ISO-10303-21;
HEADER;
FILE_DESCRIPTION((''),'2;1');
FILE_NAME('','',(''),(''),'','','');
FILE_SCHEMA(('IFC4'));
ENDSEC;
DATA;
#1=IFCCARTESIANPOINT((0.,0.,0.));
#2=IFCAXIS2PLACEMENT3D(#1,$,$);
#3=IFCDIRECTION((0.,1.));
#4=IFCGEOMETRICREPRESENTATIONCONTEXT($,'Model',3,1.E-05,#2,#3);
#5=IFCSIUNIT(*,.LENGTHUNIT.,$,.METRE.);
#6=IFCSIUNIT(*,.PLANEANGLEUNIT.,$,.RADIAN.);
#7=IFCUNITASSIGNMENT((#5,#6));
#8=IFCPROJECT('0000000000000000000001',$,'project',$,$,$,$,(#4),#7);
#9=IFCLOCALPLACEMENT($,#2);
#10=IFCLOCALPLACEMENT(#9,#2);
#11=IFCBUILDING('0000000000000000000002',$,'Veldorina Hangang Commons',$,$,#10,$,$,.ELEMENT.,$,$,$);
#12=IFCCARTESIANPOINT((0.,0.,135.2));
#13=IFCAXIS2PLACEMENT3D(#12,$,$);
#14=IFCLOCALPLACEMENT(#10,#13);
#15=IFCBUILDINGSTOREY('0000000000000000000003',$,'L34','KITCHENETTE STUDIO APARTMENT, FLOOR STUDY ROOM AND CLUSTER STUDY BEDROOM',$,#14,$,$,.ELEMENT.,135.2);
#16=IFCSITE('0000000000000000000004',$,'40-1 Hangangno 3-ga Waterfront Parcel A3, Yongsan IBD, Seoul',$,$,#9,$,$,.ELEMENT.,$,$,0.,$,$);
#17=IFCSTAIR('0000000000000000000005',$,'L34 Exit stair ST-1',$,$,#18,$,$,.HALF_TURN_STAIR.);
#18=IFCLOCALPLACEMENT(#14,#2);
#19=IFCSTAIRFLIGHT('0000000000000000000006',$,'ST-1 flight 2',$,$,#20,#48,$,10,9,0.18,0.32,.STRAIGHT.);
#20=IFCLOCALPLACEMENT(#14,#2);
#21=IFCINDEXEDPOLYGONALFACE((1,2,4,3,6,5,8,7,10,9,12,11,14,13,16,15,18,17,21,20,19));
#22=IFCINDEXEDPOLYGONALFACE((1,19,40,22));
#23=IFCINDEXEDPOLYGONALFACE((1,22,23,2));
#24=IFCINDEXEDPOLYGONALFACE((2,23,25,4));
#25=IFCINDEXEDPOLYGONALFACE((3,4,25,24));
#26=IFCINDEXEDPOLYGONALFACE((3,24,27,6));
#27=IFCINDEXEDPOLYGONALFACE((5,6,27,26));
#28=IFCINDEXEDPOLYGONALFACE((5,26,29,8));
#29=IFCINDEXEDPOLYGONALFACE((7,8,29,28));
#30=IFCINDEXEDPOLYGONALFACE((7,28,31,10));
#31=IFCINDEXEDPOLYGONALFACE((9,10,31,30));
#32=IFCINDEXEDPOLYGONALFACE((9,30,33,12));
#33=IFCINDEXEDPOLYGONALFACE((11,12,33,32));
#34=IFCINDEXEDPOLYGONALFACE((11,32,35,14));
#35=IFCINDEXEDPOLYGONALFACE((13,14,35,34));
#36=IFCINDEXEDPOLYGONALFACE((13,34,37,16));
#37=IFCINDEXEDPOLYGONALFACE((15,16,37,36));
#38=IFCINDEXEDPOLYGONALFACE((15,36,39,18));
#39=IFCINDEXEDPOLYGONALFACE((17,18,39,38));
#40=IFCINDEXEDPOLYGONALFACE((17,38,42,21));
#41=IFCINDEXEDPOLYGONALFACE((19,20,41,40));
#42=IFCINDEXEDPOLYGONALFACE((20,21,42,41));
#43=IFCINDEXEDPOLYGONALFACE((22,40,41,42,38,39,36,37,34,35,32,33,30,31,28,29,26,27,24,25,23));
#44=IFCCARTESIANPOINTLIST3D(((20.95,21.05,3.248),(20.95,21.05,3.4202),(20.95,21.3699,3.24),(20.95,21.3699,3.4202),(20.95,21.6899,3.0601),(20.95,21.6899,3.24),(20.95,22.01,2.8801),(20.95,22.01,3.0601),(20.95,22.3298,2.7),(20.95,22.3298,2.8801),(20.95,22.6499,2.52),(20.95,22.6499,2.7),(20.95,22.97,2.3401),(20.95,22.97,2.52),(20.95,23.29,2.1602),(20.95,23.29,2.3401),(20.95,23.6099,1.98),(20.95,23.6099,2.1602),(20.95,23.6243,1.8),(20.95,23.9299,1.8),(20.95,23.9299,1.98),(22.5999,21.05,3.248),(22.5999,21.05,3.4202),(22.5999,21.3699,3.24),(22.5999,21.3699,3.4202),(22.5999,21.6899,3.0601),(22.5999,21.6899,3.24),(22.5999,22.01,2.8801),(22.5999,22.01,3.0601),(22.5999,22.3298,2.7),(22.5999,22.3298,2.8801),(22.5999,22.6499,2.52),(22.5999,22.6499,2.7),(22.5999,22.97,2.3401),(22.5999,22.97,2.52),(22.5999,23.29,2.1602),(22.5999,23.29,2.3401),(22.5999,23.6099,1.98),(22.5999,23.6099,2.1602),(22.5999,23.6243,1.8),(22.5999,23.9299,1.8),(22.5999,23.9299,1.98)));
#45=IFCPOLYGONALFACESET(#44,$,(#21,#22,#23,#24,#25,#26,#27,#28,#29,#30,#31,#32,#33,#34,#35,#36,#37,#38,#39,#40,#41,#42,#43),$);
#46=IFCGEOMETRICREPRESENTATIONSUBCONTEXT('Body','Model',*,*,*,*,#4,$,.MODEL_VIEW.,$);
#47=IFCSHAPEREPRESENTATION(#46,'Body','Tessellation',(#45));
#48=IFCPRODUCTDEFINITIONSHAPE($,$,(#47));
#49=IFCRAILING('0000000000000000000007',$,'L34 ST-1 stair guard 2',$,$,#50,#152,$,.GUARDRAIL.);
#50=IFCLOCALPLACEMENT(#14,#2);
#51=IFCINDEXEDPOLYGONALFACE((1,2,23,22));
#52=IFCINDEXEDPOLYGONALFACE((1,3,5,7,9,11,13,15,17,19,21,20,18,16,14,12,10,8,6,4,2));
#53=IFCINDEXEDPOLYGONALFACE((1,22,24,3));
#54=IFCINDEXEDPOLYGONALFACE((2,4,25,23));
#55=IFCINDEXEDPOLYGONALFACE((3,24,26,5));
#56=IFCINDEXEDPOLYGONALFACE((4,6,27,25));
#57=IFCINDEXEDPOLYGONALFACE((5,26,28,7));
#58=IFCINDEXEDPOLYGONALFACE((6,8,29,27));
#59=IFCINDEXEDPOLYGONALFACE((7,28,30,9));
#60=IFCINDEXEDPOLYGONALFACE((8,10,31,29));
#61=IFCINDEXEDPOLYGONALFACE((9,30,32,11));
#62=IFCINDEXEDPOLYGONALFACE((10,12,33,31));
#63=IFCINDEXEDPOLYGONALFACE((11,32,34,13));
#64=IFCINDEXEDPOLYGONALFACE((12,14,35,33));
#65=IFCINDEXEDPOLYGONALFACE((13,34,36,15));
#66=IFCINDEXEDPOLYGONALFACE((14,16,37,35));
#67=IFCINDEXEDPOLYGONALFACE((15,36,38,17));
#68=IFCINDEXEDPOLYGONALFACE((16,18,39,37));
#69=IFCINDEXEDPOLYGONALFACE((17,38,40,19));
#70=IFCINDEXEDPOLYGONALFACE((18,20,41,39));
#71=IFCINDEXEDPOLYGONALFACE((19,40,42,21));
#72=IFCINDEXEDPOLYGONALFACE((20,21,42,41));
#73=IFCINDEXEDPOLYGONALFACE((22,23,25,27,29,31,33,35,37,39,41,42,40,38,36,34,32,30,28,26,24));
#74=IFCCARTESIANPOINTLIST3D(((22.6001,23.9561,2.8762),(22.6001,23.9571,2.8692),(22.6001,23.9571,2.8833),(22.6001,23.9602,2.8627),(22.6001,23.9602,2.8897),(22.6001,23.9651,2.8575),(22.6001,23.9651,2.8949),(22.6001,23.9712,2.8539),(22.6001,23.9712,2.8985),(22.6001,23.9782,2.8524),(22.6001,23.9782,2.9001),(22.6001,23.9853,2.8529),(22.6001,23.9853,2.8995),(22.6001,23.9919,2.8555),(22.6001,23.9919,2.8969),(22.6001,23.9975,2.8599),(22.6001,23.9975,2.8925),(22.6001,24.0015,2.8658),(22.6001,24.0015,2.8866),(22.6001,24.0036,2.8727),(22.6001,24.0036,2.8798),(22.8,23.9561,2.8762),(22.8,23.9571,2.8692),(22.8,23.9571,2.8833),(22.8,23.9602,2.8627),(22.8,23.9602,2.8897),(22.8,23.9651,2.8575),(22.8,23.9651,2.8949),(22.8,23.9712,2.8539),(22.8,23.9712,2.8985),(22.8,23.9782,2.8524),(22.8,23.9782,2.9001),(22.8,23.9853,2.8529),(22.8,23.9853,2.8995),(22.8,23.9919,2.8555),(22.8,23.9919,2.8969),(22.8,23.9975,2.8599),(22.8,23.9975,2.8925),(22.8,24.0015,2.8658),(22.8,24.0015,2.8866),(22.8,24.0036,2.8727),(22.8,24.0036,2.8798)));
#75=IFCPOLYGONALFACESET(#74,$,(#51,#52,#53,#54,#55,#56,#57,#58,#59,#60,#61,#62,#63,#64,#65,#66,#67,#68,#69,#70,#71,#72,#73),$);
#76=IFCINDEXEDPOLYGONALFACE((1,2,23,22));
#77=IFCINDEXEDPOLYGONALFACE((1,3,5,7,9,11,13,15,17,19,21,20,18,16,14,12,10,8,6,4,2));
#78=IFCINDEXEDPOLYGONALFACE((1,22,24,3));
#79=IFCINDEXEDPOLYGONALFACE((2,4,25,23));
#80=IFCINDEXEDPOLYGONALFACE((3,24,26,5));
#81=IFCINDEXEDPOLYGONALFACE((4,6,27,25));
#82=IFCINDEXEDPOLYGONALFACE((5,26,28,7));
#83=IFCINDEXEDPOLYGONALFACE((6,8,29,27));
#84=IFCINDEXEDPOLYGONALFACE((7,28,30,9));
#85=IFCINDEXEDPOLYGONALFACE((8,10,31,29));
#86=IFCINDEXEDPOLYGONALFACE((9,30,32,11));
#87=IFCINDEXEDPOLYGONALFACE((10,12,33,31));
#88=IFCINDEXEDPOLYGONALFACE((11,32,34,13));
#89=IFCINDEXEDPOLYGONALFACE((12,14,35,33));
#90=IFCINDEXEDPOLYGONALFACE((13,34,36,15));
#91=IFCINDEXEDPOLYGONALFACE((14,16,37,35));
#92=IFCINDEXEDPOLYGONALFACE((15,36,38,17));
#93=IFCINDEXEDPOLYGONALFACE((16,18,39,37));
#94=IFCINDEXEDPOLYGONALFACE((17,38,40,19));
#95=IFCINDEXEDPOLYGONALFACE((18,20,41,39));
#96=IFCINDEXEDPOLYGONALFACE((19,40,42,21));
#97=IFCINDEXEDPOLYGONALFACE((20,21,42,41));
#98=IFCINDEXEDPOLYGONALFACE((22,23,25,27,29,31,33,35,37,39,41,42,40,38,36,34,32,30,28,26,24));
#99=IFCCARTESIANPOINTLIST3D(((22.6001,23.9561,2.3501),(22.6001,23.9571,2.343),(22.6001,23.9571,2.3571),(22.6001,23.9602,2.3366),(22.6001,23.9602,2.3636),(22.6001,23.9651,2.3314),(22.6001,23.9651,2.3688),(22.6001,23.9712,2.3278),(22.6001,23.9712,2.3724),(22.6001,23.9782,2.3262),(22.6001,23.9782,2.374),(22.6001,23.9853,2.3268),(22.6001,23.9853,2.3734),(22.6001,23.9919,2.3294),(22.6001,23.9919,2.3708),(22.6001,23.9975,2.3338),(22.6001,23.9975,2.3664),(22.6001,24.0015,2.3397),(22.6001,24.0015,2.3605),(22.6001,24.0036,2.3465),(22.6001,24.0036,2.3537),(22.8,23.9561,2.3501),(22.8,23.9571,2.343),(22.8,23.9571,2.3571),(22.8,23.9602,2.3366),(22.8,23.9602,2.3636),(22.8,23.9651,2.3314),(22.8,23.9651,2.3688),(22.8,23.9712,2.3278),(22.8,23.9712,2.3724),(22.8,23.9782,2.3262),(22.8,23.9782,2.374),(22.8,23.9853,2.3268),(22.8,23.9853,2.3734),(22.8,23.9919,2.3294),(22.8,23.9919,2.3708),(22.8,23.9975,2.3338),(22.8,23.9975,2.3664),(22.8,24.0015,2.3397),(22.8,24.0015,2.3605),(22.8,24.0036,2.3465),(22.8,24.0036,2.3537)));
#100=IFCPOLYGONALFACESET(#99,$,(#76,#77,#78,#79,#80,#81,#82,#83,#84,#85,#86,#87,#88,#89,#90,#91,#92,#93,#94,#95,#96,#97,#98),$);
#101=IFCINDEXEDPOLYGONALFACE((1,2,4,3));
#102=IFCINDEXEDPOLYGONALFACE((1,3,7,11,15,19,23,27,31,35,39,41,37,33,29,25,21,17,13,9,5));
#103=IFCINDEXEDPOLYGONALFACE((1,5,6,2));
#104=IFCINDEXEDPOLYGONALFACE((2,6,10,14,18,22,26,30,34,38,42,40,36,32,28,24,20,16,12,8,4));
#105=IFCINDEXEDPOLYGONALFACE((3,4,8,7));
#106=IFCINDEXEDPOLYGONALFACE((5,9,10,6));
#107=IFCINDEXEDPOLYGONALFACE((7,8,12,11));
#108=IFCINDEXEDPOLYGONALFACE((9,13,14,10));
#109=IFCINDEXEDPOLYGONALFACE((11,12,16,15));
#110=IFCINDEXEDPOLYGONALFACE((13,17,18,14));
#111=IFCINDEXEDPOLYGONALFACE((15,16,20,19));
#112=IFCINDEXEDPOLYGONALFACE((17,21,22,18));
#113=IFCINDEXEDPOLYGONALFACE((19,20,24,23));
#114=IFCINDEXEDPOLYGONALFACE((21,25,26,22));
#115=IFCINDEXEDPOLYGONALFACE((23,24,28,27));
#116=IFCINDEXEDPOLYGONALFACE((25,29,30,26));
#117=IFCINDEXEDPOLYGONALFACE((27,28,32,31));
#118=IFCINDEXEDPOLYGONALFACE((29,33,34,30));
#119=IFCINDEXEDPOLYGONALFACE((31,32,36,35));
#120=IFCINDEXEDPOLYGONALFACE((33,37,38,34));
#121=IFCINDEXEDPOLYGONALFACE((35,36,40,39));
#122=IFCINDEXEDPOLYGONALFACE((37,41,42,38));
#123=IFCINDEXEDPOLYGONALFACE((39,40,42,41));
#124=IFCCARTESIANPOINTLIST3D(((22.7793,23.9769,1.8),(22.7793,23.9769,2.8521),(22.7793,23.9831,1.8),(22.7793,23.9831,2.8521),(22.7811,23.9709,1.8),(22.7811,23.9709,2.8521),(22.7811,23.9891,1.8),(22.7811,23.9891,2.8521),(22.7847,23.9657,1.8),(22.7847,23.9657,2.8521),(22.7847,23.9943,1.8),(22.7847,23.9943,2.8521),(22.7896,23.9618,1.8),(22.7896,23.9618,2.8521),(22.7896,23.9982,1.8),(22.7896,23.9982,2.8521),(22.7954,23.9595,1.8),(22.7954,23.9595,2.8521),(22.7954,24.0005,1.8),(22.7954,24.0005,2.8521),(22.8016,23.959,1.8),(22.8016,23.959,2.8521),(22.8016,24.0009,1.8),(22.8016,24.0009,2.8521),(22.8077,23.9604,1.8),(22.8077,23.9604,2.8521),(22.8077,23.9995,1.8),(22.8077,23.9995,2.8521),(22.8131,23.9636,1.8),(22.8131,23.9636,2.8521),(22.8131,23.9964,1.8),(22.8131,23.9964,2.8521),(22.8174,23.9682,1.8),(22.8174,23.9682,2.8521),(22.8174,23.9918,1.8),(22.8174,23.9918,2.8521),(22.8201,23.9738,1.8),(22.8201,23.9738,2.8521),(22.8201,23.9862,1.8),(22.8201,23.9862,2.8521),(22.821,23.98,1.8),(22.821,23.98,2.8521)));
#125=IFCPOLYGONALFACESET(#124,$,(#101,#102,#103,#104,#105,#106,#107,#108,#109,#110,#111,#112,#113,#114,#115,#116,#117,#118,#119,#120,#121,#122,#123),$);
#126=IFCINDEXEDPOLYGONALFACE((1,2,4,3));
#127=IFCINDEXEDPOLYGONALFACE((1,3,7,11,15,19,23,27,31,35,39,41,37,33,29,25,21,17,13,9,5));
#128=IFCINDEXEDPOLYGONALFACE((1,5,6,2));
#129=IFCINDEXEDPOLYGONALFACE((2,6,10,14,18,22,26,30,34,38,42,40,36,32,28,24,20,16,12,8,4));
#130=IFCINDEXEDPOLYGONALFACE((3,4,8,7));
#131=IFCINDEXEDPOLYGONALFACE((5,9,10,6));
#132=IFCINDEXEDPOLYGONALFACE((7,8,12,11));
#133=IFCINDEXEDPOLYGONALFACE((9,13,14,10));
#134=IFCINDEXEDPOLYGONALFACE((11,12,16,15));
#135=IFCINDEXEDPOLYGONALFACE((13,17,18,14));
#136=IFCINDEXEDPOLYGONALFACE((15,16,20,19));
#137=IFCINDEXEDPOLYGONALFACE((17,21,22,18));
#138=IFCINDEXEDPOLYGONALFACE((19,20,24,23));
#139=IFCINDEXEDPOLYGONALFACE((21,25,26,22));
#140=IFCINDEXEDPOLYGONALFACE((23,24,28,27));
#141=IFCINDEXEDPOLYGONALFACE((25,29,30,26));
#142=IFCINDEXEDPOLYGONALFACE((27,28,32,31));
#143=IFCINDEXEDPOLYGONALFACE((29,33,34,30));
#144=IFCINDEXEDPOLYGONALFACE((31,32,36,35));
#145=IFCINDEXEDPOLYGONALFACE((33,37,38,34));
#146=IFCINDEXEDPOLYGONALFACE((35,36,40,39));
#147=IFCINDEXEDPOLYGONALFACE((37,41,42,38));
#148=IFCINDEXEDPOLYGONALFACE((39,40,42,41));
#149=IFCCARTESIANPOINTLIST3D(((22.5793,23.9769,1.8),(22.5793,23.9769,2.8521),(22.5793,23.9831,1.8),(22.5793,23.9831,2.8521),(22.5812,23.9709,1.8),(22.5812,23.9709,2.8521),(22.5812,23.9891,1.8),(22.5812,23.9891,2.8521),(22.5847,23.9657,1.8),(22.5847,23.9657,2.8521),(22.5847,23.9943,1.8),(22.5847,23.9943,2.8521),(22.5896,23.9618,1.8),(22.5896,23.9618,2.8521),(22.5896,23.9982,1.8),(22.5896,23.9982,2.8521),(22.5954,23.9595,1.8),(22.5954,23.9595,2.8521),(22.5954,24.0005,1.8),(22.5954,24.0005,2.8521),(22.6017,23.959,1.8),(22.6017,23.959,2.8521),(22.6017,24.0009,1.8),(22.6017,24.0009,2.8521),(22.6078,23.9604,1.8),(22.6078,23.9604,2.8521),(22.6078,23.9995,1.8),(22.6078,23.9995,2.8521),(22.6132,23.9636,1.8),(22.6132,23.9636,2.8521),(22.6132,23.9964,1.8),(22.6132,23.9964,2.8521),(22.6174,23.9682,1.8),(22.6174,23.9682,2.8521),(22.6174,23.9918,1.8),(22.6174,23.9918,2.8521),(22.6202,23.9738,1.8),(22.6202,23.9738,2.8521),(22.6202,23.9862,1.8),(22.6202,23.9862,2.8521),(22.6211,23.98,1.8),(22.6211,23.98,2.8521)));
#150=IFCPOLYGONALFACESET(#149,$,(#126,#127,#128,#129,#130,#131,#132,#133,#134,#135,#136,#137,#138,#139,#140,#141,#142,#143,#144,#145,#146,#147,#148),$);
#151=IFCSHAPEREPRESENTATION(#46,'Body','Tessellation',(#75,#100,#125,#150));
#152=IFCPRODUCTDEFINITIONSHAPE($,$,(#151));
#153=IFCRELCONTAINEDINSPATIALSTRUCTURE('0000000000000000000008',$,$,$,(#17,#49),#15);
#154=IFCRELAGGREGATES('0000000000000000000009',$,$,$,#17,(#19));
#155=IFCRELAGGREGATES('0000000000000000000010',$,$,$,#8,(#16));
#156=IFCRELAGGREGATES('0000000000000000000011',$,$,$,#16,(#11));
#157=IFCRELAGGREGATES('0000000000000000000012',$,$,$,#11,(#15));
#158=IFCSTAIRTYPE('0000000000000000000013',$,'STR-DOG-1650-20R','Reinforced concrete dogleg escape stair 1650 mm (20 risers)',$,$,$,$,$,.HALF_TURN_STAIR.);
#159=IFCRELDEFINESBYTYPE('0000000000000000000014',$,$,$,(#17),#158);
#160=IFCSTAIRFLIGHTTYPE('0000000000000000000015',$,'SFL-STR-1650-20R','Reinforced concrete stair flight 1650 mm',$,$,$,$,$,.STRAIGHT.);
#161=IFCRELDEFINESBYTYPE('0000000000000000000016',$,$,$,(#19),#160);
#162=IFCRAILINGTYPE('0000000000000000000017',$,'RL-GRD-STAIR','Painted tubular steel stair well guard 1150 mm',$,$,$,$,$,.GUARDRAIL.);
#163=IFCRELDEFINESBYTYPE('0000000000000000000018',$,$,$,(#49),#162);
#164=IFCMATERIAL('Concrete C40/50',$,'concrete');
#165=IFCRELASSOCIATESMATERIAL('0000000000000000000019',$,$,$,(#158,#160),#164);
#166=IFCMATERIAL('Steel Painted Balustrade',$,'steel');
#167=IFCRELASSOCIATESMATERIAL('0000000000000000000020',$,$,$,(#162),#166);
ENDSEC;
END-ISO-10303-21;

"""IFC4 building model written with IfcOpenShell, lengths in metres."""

from ifc_helpers import new_model, si_unit, direction, frame, origin, origin_2d, place, context, subcontext, project, spatial, polyline, circle, outline, extrude, material, type_object, element, aggregate, save


model = new_model("IFC4")

# Units and contexts
model_context = context("Model", 3, precision=1e-05, world=origin(), true_north=direction((0.0, 1.0)))
body_context = subcontext(model_context, "Body", "Model", "MODEL_VIEW")
ifc_project = project(units=[si_unit("LENGTHUNIT", "METRE"), si_unit("PLANEANGLEUNIT", "RADIAN")], contexts=[model_context])

# Site, building, storey
site_placement = place(None, origin())
site = spatial("IfcSite", under=ifc_project, at=site_placement, Name="40-1 Hangangno 3-ga Waterfront Parcel A3, Yongsan IBD, Seoul", CompositionType="ELEMENT", RefElevation=0.0)
building_placement = place(site_placement, origin())
building = spatial("IfcBuilding", under=site, at=building_placement, Name="Veldorina Hangang Commons", CompositionType="ELEMENT")
storey_placement = place(building_placement, frame((0.0, 0.0, 135.2)))
storey = spatial("IfcBuildingStorey", under=building, at=storey_placement, Name="L34", Description="KITCHENETTE STUDIO APARTMENT, FLOOR STUDY ROOM AND CLUSTER STUDY BEDROOM", CompositionType="ELEMENT", Elevation=135.2)

# Stair, stair flight
ifc_material_1 = material(Name="Concrete C40/50", Category="concrete")
stair_type = type_object("IfcStairType", Name="STR-DOG-1650-20R", Description="Reinforced concrete dogleg escape stair 1650 mm (20 risers)", PredefinedType="HALF_TURN_STAIR", material=ifc_material_1)
stair_placement = place(storey_placement, origin())
stair = element("IfcStair", 1, at=stair_placement, inside=storey, type_object=stair_type, Name="L34 Exit stair ST-1", PredefinedType="HALF_TURN_STAIR")
stair_flight_type = type_object("IfcStairFlightType", Name="SFL-STR-1650-20R", Description="Reinforced concrete stair flight 1650 mm", PredefinedType="STRAIGHT", material=ifc_material_1)
stair_flight_placement = place(storey_placement, frame((21.7749, 23.9299, 1.8), z_axis=(0.0, 0.0, 1.0), x_axis=(0.0, -1.0, 0.0)))
stair_flight = element("IfcStairFlight", 2, at=stair_flight_placement, type_object=stair_flight_type, Name="ST-1 flight 2", NumberOfRisers=10, NumberOfTreads=9, PredefinedType="STRAIGHT", RiserHeight=0.18, TreadLength=0.32, context=body_context, shape_type="SweptSolid", body=[
    extrude(outline(polyline([(0.0, 0.0), (0.0, 0.1799), (0.3201, 0.1799), (0.3201, 0.3601), (0.6399, 0.3601), (0.6399, 0.54), (0.96, 0.54), (0.96, 0.72), (1.28, 0.72), (1.28, 0.8999), (1.6001, 0.8999), (1.6001, 1.0801), (1.9199, 1.0801), (1.9199, 1.26), (2.24, 1.26), (2.24, 1.4399), (2.5601, 1.4399), (2.5601, 1.6201), (2.8799, 1.6201), (2.8799, 1.8), (2.8799, 1.448), (0.3057, 0.0), (0.0, 0.0)])), frame((0.0, 0.825, 0.0), z_axis=(0.0, -1.0, 0.0), x_axis=(1.0, 0.0, 0.0)), (0.0, 0.0, 1.0), 1.6499),
])
aggregate(stair, [stair_flight])

# Railing
ifc_material_2 = material(Name="Steel Painted Balustrade", Category="steel")
railing_type_1 = type_object("IfcRailingType", Name="RL-GRD-STAIR", Description="Painted tubular steel stair well guard 1150 mm", PredefinedType="GUARDRAIL", material=ifc_material_2)
railing_1_placement = place(storey_placement, frame((22.8, 23.98, 1.8)))
element("IfcRailing", 3, at=railing_1_placement, inside=storey, type_object=railing_type_1, Name="L34 ST-1 stair guard 2", PredefinedType="GUARDRAIL", context=body_context, shape_type="SweptSolid", body=[
    extrude(circle(Radius=0.0239, at=origin_2d()), frame((0.0, 0.0, 1.0762), z_axis=(-1.0, 0.0, 0.0), x_axis=(0.0, -1.0, 0.0)), (0.0, 0.0, 1.0), 0.2),
    extrude(circle(Radius=0.0239, at=origin_2d()), frame((0.0, 0.0, 0.55), z_axis=(-1.0, 0.0, 0.0), x_axis=(0.0, -1.0, 0.0)), (0.0, 0.0, 1.0), 0.2),
    extrude(circle(Radius=0.021, at=origin_2d()), origin(), (0.0, 0.0, 1.0), 1.052),
    extrude(circle(Radius=0.021, at=origin_2d()), frame((-0.2, 0.0, 0.0)), (0.0, 0.0, 1.0), 1.052),
])

save(model, "model.ifc")
